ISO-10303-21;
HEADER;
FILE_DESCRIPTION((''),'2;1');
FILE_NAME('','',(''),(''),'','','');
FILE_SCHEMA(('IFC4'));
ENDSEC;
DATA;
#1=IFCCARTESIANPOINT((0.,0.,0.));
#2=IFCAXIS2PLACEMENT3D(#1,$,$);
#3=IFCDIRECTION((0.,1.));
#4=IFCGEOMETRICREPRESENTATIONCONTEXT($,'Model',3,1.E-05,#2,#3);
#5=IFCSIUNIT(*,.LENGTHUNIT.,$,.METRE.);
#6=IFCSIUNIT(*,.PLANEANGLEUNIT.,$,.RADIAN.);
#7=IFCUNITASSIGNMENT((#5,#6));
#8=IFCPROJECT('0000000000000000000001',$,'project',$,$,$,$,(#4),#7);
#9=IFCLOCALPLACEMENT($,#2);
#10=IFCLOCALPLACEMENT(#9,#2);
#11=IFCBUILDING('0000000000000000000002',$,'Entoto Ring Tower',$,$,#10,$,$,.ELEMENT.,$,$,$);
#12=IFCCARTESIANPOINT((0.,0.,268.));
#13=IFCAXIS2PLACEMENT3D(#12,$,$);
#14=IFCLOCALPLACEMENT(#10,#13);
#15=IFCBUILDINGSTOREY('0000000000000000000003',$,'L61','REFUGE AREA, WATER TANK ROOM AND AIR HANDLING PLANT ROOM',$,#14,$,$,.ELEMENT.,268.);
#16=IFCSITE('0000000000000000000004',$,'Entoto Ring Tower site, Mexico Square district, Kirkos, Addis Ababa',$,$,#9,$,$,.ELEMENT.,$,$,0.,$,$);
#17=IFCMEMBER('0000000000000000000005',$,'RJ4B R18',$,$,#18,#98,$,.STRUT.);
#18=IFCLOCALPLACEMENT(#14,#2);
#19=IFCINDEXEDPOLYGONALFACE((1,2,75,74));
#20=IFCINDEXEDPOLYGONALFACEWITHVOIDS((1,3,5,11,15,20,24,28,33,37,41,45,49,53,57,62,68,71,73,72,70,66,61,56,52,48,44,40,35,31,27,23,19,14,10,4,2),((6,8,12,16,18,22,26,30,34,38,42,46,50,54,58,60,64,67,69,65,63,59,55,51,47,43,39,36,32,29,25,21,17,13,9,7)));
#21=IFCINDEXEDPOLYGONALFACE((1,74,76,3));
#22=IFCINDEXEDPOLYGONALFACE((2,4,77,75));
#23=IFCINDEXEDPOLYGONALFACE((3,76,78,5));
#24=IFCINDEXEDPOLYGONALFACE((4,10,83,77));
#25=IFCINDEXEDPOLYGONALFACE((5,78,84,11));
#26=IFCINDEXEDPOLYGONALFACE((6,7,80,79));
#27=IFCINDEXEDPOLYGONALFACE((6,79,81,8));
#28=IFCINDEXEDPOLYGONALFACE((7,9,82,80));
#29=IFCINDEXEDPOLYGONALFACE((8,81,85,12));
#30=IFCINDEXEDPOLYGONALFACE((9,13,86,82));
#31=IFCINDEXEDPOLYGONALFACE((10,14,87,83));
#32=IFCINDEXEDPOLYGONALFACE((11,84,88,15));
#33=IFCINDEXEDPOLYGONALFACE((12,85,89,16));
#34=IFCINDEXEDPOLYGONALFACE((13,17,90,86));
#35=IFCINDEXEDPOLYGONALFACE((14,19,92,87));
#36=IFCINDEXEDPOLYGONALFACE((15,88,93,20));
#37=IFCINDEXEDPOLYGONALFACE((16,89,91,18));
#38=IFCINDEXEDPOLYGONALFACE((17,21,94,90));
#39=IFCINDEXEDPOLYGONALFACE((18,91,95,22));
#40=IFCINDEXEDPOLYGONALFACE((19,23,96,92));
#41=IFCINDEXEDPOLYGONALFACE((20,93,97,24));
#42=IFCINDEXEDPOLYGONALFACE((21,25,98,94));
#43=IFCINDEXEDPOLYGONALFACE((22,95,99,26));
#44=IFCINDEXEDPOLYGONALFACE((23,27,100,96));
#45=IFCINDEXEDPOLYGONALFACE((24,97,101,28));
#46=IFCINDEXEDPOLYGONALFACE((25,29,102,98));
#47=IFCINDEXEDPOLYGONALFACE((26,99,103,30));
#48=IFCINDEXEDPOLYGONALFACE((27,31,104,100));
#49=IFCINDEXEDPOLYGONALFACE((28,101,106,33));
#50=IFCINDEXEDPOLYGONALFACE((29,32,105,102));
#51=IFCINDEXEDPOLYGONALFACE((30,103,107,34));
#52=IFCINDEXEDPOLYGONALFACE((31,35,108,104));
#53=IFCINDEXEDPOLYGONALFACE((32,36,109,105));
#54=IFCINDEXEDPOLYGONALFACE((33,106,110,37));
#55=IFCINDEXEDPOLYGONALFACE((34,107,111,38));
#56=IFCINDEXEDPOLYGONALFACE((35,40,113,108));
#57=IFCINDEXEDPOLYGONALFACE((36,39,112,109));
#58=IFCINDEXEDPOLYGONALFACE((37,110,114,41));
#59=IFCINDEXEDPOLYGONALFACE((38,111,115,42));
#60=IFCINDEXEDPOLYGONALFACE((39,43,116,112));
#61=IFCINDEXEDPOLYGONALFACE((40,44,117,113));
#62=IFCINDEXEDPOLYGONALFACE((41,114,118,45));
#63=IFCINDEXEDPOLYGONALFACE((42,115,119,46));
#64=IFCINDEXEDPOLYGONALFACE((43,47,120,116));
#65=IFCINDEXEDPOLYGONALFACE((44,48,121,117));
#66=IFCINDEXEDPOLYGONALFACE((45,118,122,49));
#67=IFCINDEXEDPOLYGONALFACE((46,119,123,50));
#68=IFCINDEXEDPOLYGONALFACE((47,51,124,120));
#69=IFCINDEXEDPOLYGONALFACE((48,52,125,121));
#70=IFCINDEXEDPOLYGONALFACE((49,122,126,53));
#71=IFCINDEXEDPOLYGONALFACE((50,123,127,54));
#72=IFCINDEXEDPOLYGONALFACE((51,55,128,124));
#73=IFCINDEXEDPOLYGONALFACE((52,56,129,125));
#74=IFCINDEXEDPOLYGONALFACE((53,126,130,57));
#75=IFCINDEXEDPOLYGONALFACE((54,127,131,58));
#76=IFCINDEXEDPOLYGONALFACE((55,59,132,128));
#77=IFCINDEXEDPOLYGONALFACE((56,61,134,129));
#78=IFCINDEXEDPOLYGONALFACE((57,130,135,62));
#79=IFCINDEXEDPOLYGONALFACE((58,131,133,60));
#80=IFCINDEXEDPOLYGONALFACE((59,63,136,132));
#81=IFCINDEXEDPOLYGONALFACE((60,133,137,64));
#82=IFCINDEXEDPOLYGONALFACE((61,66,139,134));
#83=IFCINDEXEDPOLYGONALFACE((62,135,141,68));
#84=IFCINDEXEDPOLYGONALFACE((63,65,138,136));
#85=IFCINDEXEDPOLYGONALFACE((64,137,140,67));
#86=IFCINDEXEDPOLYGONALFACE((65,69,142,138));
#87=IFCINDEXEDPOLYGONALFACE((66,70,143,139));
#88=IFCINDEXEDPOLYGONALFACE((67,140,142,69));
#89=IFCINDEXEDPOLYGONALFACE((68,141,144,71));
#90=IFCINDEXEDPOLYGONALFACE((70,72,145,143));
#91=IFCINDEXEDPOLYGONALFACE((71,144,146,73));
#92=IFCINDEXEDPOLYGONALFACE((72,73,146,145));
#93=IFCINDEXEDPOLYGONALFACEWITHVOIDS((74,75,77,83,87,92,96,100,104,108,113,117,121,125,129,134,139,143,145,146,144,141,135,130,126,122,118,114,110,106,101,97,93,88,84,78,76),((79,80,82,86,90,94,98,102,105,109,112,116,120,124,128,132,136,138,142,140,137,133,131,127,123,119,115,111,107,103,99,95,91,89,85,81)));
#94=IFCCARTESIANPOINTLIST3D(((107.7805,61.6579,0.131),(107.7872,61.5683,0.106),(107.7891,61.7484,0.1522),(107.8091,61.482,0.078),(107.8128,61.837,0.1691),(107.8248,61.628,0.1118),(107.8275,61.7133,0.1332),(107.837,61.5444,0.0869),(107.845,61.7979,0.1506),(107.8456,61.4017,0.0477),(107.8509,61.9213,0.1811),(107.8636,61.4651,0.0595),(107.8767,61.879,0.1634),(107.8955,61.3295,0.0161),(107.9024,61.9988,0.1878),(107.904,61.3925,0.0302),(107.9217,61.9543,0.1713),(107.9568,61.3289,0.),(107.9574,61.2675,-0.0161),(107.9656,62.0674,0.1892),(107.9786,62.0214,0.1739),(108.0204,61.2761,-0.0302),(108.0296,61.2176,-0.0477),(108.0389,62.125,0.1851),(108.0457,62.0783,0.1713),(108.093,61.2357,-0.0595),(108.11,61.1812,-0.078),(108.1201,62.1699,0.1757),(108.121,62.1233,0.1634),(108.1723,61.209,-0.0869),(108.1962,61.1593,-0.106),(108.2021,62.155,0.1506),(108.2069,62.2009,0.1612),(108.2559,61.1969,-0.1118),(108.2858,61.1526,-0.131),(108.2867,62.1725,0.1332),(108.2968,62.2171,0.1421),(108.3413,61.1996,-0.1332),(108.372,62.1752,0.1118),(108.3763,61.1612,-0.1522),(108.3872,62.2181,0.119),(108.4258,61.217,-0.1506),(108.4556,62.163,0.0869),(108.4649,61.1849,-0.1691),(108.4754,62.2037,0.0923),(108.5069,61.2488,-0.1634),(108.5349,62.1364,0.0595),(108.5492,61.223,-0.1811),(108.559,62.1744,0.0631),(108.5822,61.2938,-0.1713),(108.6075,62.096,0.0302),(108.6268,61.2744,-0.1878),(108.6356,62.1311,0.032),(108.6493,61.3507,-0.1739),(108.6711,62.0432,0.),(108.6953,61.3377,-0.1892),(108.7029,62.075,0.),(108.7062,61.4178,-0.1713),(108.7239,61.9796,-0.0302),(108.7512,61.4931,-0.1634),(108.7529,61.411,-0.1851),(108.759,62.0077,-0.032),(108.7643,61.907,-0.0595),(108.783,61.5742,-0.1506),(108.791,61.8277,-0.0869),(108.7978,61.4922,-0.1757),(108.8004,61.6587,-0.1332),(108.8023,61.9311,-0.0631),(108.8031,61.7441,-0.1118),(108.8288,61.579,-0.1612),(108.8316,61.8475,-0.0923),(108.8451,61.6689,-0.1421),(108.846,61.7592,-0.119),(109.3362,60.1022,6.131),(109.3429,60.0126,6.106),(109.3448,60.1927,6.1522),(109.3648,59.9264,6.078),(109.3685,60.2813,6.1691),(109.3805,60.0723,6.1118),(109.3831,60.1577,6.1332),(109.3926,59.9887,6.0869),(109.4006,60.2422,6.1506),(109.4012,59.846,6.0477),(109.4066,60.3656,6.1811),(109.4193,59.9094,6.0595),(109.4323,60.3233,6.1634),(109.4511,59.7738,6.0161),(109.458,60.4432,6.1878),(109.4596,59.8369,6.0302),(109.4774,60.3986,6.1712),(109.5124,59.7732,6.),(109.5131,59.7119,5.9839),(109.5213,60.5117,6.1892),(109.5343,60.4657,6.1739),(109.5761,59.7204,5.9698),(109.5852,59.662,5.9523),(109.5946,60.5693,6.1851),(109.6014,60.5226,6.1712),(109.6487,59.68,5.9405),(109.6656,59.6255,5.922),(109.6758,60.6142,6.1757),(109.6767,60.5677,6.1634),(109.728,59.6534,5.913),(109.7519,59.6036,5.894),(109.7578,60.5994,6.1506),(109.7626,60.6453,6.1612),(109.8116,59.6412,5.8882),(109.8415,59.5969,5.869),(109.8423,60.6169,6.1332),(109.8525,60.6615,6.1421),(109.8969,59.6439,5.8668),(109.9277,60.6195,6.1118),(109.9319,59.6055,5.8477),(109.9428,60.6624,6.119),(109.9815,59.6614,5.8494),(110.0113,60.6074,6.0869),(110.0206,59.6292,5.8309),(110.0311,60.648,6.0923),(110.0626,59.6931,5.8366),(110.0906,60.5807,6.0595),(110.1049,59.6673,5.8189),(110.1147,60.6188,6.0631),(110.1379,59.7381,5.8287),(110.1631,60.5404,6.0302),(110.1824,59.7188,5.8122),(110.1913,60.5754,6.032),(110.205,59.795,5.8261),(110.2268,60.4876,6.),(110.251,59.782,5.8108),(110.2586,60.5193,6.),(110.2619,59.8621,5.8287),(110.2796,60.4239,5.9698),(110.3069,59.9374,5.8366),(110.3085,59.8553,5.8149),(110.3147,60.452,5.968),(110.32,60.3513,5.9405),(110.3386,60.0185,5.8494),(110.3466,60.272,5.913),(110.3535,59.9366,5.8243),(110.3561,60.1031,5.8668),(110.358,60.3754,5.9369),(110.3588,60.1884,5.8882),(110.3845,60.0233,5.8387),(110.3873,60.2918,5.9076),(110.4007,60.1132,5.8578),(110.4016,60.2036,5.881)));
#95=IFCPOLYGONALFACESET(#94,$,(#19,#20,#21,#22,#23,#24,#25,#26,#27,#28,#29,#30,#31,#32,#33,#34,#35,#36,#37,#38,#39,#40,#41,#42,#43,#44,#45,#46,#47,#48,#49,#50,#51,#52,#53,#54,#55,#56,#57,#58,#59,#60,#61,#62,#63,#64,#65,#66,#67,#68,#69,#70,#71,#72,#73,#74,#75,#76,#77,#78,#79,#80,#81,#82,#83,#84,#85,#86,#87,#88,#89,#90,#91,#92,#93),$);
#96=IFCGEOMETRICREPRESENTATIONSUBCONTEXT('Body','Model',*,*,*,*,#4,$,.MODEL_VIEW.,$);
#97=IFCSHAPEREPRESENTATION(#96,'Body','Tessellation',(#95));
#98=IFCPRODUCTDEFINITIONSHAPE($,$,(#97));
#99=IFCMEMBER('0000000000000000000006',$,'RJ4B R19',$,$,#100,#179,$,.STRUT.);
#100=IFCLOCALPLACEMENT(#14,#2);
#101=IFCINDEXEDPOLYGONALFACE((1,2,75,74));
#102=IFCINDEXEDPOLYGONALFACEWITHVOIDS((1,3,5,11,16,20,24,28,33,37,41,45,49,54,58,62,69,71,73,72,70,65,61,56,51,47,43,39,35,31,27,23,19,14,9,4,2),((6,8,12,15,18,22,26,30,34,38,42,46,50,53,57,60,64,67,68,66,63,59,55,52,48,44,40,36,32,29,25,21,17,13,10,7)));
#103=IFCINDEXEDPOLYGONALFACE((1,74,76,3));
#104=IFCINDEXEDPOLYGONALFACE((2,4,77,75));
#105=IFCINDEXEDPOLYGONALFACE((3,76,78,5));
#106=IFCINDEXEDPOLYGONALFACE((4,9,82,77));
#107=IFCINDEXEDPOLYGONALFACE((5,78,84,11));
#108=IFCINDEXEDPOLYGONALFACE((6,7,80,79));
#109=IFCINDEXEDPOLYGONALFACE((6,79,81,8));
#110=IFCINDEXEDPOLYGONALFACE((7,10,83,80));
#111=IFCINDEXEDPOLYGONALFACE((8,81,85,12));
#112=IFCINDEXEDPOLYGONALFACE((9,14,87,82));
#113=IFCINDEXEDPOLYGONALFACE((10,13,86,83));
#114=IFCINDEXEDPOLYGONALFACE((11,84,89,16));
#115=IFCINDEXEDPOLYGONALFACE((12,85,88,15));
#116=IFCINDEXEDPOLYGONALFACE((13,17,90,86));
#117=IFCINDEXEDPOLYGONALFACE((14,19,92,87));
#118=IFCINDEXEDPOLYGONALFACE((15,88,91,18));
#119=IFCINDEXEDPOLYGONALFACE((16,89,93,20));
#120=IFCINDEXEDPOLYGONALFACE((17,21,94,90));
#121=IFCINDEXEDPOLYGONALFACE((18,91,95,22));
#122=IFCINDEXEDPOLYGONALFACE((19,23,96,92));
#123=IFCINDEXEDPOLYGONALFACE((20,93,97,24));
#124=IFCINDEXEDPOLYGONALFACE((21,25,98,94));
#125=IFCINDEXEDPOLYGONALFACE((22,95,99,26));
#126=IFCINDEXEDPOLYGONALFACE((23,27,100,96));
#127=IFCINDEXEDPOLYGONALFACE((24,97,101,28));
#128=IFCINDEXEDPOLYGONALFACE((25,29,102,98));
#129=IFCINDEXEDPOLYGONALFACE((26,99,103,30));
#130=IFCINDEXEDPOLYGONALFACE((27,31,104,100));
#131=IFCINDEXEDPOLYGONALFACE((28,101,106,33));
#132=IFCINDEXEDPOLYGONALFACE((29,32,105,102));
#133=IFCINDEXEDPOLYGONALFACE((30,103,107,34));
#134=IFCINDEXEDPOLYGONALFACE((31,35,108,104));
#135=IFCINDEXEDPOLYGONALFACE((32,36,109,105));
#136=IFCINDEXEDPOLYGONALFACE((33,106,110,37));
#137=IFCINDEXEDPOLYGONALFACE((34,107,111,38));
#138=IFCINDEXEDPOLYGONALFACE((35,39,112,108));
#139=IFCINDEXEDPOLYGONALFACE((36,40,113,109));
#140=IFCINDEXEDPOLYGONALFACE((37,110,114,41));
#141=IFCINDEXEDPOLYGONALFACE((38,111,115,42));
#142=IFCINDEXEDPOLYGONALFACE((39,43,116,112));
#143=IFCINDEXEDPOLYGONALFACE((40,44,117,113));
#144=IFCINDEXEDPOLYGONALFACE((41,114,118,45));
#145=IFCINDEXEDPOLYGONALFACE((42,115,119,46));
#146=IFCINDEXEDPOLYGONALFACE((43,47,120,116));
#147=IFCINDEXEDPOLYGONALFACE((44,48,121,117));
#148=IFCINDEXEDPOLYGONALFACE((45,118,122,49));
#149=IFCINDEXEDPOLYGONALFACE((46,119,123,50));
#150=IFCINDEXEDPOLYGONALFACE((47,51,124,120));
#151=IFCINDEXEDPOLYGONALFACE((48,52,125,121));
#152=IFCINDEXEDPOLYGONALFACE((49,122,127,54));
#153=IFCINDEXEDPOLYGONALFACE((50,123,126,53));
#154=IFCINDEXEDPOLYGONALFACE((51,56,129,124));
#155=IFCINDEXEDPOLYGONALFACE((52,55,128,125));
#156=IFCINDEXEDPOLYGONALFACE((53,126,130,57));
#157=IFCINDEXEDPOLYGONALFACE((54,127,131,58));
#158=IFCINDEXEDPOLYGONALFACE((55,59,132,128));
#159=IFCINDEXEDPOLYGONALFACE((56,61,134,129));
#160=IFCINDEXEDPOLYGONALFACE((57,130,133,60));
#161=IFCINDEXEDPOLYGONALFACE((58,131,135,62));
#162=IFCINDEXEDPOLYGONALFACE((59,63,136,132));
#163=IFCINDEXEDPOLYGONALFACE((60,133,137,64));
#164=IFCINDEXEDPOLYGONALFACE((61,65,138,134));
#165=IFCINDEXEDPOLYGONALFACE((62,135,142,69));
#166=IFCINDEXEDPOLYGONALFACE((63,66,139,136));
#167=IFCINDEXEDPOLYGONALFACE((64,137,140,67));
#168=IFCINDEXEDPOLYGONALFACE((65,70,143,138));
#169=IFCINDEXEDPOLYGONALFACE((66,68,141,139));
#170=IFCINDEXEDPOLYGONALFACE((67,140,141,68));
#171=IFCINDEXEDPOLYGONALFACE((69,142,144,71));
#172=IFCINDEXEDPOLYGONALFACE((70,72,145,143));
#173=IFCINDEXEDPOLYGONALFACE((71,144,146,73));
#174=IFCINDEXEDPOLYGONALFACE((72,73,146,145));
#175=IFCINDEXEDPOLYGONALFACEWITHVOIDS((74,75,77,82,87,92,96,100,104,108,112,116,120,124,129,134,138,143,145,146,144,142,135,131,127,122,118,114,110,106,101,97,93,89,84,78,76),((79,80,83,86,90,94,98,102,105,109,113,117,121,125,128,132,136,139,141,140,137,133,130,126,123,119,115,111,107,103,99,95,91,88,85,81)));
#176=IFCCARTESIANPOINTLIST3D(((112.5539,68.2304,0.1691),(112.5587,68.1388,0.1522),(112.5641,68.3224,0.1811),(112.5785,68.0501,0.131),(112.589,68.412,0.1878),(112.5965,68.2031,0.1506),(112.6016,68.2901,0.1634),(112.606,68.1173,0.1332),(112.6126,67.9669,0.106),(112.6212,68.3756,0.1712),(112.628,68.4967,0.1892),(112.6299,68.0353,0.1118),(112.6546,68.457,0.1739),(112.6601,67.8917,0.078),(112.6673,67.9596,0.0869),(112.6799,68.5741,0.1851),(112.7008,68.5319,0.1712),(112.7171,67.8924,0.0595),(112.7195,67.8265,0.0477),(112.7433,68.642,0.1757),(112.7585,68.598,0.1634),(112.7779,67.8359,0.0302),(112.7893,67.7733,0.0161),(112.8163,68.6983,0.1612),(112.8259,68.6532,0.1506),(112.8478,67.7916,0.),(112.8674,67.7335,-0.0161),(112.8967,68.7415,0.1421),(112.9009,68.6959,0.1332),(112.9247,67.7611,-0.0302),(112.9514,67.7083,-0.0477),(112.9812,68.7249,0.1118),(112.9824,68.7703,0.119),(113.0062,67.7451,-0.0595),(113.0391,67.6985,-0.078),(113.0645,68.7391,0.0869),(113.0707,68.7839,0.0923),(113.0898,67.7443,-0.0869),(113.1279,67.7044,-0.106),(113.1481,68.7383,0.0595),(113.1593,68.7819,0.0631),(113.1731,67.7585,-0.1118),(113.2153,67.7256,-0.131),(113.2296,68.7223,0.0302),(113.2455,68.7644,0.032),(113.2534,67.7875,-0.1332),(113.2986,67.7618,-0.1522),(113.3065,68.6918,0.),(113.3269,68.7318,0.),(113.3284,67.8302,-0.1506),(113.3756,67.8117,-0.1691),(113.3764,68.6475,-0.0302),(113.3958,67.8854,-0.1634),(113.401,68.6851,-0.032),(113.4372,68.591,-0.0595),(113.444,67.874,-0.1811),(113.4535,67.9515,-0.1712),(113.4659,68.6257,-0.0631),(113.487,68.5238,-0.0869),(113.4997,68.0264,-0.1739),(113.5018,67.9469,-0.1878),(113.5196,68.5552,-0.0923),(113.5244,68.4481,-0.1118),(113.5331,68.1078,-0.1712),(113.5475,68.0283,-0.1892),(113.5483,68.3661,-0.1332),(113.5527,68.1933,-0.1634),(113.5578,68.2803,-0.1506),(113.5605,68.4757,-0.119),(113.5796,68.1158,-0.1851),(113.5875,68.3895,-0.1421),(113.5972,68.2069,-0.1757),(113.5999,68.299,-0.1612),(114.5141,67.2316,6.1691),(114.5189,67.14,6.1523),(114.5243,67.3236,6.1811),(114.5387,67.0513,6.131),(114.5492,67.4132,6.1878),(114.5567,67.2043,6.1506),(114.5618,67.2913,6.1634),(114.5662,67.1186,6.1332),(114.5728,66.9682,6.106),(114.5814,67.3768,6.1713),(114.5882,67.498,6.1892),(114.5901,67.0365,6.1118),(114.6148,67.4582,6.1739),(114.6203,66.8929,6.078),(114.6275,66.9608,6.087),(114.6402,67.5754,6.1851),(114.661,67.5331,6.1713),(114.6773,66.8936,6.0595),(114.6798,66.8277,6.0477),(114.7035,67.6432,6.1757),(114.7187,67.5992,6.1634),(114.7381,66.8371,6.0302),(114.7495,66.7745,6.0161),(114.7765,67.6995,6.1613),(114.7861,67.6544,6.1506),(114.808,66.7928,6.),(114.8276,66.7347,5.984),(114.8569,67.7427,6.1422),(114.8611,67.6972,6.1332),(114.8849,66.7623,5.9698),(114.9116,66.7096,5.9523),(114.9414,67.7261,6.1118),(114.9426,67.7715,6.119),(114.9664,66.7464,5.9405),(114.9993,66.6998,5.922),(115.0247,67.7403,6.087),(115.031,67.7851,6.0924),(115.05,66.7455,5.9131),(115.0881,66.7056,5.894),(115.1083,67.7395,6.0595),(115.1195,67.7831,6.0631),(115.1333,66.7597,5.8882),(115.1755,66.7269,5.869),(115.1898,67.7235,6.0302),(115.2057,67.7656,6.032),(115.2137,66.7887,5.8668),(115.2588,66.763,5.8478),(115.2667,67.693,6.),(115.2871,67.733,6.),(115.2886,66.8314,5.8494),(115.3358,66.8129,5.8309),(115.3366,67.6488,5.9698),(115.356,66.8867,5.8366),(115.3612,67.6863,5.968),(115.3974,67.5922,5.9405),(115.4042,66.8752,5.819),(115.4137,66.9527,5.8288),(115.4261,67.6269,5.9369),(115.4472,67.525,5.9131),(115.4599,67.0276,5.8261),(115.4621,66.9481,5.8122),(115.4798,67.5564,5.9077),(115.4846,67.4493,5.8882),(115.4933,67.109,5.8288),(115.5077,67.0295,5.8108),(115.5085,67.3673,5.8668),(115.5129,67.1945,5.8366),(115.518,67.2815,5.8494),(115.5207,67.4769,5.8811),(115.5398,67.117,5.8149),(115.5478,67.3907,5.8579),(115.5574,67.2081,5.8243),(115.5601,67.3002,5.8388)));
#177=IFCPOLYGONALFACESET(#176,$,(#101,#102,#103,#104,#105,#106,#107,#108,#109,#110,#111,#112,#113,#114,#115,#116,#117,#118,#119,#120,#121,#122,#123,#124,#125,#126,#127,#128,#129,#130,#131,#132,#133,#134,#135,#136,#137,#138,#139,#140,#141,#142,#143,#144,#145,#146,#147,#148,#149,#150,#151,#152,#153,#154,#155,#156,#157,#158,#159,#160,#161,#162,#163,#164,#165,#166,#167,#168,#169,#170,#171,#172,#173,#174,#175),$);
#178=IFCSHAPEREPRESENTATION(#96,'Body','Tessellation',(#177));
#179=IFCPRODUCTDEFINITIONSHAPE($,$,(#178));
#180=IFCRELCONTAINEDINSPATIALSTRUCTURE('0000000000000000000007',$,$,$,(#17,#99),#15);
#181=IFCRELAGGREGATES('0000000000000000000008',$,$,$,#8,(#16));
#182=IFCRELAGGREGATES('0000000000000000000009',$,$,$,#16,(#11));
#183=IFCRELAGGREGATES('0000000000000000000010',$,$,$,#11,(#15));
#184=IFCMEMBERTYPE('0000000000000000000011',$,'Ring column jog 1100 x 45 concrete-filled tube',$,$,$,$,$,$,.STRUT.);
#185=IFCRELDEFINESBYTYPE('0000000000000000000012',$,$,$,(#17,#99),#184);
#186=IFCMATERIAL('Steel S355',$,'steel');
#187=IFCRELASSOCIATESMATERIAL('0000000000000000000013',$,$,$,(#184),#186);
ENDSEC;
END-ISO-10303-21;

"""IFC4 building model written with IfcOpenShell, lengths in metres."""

from ifc_helpers import new_model, si_unit, direction, frame, origin, origin_2d, place, context, subcontext, project, spatial, circle, hollow_circle, extrude, material, material_profile, profile_set, type_object, element, save


model = new_model("IFC4")

# Units and contexts
model_context = context("Model", 3, precision=1e-05, world=origin(), true_north=direction((0.0, 1.0)))
body_context = subcontext(model_context, "Body", "Model", "MODEL_VIEW")
ifc_project = project(units=[si_unit("LENGTHUNIT", "METRE"), si_unit("PLANEANGLEUNIT", "RADIAN")], contexts=[model_context])

# Site, building, storey
site_placement = place(None, origin())
site = spatial("IfcSite", under=ifc_project, at=site_placement, Name="Entoto Ring Tower site, Mexico Square district, Kirkos, Addis Ababa", CompositionType="ELEMENT", RefElevation=0.0)
building_placement = place(site_placement, origin())
building = spatial("IfcBuilding", under=site, at=building_placement, Name="Entoto Ring Tower", CompositionType="ELEMENT")
storey_placement = place(building_placement, frame((0.0, 0.0, 268.0)))
storey = spatial("IfcBuildingStorey", under=building, at=storey_placement, Name="L61", Description="REFUGE AREA, WATER TANK ROOM AND AIR HANDLING PLANT ROOM", CompositionType="ELEMENT", Elevation=268.0)

# Members
ifc_material_1 = material(Name="Steel S355", Category="steel")
ifc_material_profile_1 = material_profile(ifc_material_1, hollow_circle(Radius=0.55, WallThickness=0.0449, at=origin_2d()), Name="CHS 1100 x 45")
ifc_material_2 = material(Name="Concrete C60/75", Category="concrete")
ifc_material_profile_2 = material_profile(ifc_material_2, circle(Radius=0.5049, at=origin_2d()), Name="Concrete C60/75 infill")
ifc_profile_set_1 = profile_set([ifc_material_profile_1, ifc_material_profile_2], Name="Steel S355")
member_type_1 = type_object("IfcMemberType", Name="Ring column jog 1100 x 45 concrete-filled tube", PredefinedType="STRUT", material=ifc_profile_set_1)
for number, where, z_axis, x_axis, name in (
    (1, (108.314, 61.686, 0.0), (0.243429, -0.243429, 0.938874), (0.707107, 0.707107, 0.0), "RJ4B R18"),
    (2, (113.0771, 68.2417, 0.0), (0.306732, -0.156288, 0.938877), (0.453992, 0.891006, 0.0), "RJ4B R19"),
):
    element("IfcMember", number, at=place(storey_placement, frame(where, z_axis=z_axis, x_axis=x_axis)), inside=storey, type_object=member_type_1, Name=name, PredefinedType="STRUT", context=body_context, shape_type="SweptSolid", body=[
        extrude(hollow_circle(Radius=0.55, WallThickness=0.0449, at=origin_2d()), origin(), (0.0, 0.0, 1.0), 6.3906),
    ])

save(model, "model.ifc")
